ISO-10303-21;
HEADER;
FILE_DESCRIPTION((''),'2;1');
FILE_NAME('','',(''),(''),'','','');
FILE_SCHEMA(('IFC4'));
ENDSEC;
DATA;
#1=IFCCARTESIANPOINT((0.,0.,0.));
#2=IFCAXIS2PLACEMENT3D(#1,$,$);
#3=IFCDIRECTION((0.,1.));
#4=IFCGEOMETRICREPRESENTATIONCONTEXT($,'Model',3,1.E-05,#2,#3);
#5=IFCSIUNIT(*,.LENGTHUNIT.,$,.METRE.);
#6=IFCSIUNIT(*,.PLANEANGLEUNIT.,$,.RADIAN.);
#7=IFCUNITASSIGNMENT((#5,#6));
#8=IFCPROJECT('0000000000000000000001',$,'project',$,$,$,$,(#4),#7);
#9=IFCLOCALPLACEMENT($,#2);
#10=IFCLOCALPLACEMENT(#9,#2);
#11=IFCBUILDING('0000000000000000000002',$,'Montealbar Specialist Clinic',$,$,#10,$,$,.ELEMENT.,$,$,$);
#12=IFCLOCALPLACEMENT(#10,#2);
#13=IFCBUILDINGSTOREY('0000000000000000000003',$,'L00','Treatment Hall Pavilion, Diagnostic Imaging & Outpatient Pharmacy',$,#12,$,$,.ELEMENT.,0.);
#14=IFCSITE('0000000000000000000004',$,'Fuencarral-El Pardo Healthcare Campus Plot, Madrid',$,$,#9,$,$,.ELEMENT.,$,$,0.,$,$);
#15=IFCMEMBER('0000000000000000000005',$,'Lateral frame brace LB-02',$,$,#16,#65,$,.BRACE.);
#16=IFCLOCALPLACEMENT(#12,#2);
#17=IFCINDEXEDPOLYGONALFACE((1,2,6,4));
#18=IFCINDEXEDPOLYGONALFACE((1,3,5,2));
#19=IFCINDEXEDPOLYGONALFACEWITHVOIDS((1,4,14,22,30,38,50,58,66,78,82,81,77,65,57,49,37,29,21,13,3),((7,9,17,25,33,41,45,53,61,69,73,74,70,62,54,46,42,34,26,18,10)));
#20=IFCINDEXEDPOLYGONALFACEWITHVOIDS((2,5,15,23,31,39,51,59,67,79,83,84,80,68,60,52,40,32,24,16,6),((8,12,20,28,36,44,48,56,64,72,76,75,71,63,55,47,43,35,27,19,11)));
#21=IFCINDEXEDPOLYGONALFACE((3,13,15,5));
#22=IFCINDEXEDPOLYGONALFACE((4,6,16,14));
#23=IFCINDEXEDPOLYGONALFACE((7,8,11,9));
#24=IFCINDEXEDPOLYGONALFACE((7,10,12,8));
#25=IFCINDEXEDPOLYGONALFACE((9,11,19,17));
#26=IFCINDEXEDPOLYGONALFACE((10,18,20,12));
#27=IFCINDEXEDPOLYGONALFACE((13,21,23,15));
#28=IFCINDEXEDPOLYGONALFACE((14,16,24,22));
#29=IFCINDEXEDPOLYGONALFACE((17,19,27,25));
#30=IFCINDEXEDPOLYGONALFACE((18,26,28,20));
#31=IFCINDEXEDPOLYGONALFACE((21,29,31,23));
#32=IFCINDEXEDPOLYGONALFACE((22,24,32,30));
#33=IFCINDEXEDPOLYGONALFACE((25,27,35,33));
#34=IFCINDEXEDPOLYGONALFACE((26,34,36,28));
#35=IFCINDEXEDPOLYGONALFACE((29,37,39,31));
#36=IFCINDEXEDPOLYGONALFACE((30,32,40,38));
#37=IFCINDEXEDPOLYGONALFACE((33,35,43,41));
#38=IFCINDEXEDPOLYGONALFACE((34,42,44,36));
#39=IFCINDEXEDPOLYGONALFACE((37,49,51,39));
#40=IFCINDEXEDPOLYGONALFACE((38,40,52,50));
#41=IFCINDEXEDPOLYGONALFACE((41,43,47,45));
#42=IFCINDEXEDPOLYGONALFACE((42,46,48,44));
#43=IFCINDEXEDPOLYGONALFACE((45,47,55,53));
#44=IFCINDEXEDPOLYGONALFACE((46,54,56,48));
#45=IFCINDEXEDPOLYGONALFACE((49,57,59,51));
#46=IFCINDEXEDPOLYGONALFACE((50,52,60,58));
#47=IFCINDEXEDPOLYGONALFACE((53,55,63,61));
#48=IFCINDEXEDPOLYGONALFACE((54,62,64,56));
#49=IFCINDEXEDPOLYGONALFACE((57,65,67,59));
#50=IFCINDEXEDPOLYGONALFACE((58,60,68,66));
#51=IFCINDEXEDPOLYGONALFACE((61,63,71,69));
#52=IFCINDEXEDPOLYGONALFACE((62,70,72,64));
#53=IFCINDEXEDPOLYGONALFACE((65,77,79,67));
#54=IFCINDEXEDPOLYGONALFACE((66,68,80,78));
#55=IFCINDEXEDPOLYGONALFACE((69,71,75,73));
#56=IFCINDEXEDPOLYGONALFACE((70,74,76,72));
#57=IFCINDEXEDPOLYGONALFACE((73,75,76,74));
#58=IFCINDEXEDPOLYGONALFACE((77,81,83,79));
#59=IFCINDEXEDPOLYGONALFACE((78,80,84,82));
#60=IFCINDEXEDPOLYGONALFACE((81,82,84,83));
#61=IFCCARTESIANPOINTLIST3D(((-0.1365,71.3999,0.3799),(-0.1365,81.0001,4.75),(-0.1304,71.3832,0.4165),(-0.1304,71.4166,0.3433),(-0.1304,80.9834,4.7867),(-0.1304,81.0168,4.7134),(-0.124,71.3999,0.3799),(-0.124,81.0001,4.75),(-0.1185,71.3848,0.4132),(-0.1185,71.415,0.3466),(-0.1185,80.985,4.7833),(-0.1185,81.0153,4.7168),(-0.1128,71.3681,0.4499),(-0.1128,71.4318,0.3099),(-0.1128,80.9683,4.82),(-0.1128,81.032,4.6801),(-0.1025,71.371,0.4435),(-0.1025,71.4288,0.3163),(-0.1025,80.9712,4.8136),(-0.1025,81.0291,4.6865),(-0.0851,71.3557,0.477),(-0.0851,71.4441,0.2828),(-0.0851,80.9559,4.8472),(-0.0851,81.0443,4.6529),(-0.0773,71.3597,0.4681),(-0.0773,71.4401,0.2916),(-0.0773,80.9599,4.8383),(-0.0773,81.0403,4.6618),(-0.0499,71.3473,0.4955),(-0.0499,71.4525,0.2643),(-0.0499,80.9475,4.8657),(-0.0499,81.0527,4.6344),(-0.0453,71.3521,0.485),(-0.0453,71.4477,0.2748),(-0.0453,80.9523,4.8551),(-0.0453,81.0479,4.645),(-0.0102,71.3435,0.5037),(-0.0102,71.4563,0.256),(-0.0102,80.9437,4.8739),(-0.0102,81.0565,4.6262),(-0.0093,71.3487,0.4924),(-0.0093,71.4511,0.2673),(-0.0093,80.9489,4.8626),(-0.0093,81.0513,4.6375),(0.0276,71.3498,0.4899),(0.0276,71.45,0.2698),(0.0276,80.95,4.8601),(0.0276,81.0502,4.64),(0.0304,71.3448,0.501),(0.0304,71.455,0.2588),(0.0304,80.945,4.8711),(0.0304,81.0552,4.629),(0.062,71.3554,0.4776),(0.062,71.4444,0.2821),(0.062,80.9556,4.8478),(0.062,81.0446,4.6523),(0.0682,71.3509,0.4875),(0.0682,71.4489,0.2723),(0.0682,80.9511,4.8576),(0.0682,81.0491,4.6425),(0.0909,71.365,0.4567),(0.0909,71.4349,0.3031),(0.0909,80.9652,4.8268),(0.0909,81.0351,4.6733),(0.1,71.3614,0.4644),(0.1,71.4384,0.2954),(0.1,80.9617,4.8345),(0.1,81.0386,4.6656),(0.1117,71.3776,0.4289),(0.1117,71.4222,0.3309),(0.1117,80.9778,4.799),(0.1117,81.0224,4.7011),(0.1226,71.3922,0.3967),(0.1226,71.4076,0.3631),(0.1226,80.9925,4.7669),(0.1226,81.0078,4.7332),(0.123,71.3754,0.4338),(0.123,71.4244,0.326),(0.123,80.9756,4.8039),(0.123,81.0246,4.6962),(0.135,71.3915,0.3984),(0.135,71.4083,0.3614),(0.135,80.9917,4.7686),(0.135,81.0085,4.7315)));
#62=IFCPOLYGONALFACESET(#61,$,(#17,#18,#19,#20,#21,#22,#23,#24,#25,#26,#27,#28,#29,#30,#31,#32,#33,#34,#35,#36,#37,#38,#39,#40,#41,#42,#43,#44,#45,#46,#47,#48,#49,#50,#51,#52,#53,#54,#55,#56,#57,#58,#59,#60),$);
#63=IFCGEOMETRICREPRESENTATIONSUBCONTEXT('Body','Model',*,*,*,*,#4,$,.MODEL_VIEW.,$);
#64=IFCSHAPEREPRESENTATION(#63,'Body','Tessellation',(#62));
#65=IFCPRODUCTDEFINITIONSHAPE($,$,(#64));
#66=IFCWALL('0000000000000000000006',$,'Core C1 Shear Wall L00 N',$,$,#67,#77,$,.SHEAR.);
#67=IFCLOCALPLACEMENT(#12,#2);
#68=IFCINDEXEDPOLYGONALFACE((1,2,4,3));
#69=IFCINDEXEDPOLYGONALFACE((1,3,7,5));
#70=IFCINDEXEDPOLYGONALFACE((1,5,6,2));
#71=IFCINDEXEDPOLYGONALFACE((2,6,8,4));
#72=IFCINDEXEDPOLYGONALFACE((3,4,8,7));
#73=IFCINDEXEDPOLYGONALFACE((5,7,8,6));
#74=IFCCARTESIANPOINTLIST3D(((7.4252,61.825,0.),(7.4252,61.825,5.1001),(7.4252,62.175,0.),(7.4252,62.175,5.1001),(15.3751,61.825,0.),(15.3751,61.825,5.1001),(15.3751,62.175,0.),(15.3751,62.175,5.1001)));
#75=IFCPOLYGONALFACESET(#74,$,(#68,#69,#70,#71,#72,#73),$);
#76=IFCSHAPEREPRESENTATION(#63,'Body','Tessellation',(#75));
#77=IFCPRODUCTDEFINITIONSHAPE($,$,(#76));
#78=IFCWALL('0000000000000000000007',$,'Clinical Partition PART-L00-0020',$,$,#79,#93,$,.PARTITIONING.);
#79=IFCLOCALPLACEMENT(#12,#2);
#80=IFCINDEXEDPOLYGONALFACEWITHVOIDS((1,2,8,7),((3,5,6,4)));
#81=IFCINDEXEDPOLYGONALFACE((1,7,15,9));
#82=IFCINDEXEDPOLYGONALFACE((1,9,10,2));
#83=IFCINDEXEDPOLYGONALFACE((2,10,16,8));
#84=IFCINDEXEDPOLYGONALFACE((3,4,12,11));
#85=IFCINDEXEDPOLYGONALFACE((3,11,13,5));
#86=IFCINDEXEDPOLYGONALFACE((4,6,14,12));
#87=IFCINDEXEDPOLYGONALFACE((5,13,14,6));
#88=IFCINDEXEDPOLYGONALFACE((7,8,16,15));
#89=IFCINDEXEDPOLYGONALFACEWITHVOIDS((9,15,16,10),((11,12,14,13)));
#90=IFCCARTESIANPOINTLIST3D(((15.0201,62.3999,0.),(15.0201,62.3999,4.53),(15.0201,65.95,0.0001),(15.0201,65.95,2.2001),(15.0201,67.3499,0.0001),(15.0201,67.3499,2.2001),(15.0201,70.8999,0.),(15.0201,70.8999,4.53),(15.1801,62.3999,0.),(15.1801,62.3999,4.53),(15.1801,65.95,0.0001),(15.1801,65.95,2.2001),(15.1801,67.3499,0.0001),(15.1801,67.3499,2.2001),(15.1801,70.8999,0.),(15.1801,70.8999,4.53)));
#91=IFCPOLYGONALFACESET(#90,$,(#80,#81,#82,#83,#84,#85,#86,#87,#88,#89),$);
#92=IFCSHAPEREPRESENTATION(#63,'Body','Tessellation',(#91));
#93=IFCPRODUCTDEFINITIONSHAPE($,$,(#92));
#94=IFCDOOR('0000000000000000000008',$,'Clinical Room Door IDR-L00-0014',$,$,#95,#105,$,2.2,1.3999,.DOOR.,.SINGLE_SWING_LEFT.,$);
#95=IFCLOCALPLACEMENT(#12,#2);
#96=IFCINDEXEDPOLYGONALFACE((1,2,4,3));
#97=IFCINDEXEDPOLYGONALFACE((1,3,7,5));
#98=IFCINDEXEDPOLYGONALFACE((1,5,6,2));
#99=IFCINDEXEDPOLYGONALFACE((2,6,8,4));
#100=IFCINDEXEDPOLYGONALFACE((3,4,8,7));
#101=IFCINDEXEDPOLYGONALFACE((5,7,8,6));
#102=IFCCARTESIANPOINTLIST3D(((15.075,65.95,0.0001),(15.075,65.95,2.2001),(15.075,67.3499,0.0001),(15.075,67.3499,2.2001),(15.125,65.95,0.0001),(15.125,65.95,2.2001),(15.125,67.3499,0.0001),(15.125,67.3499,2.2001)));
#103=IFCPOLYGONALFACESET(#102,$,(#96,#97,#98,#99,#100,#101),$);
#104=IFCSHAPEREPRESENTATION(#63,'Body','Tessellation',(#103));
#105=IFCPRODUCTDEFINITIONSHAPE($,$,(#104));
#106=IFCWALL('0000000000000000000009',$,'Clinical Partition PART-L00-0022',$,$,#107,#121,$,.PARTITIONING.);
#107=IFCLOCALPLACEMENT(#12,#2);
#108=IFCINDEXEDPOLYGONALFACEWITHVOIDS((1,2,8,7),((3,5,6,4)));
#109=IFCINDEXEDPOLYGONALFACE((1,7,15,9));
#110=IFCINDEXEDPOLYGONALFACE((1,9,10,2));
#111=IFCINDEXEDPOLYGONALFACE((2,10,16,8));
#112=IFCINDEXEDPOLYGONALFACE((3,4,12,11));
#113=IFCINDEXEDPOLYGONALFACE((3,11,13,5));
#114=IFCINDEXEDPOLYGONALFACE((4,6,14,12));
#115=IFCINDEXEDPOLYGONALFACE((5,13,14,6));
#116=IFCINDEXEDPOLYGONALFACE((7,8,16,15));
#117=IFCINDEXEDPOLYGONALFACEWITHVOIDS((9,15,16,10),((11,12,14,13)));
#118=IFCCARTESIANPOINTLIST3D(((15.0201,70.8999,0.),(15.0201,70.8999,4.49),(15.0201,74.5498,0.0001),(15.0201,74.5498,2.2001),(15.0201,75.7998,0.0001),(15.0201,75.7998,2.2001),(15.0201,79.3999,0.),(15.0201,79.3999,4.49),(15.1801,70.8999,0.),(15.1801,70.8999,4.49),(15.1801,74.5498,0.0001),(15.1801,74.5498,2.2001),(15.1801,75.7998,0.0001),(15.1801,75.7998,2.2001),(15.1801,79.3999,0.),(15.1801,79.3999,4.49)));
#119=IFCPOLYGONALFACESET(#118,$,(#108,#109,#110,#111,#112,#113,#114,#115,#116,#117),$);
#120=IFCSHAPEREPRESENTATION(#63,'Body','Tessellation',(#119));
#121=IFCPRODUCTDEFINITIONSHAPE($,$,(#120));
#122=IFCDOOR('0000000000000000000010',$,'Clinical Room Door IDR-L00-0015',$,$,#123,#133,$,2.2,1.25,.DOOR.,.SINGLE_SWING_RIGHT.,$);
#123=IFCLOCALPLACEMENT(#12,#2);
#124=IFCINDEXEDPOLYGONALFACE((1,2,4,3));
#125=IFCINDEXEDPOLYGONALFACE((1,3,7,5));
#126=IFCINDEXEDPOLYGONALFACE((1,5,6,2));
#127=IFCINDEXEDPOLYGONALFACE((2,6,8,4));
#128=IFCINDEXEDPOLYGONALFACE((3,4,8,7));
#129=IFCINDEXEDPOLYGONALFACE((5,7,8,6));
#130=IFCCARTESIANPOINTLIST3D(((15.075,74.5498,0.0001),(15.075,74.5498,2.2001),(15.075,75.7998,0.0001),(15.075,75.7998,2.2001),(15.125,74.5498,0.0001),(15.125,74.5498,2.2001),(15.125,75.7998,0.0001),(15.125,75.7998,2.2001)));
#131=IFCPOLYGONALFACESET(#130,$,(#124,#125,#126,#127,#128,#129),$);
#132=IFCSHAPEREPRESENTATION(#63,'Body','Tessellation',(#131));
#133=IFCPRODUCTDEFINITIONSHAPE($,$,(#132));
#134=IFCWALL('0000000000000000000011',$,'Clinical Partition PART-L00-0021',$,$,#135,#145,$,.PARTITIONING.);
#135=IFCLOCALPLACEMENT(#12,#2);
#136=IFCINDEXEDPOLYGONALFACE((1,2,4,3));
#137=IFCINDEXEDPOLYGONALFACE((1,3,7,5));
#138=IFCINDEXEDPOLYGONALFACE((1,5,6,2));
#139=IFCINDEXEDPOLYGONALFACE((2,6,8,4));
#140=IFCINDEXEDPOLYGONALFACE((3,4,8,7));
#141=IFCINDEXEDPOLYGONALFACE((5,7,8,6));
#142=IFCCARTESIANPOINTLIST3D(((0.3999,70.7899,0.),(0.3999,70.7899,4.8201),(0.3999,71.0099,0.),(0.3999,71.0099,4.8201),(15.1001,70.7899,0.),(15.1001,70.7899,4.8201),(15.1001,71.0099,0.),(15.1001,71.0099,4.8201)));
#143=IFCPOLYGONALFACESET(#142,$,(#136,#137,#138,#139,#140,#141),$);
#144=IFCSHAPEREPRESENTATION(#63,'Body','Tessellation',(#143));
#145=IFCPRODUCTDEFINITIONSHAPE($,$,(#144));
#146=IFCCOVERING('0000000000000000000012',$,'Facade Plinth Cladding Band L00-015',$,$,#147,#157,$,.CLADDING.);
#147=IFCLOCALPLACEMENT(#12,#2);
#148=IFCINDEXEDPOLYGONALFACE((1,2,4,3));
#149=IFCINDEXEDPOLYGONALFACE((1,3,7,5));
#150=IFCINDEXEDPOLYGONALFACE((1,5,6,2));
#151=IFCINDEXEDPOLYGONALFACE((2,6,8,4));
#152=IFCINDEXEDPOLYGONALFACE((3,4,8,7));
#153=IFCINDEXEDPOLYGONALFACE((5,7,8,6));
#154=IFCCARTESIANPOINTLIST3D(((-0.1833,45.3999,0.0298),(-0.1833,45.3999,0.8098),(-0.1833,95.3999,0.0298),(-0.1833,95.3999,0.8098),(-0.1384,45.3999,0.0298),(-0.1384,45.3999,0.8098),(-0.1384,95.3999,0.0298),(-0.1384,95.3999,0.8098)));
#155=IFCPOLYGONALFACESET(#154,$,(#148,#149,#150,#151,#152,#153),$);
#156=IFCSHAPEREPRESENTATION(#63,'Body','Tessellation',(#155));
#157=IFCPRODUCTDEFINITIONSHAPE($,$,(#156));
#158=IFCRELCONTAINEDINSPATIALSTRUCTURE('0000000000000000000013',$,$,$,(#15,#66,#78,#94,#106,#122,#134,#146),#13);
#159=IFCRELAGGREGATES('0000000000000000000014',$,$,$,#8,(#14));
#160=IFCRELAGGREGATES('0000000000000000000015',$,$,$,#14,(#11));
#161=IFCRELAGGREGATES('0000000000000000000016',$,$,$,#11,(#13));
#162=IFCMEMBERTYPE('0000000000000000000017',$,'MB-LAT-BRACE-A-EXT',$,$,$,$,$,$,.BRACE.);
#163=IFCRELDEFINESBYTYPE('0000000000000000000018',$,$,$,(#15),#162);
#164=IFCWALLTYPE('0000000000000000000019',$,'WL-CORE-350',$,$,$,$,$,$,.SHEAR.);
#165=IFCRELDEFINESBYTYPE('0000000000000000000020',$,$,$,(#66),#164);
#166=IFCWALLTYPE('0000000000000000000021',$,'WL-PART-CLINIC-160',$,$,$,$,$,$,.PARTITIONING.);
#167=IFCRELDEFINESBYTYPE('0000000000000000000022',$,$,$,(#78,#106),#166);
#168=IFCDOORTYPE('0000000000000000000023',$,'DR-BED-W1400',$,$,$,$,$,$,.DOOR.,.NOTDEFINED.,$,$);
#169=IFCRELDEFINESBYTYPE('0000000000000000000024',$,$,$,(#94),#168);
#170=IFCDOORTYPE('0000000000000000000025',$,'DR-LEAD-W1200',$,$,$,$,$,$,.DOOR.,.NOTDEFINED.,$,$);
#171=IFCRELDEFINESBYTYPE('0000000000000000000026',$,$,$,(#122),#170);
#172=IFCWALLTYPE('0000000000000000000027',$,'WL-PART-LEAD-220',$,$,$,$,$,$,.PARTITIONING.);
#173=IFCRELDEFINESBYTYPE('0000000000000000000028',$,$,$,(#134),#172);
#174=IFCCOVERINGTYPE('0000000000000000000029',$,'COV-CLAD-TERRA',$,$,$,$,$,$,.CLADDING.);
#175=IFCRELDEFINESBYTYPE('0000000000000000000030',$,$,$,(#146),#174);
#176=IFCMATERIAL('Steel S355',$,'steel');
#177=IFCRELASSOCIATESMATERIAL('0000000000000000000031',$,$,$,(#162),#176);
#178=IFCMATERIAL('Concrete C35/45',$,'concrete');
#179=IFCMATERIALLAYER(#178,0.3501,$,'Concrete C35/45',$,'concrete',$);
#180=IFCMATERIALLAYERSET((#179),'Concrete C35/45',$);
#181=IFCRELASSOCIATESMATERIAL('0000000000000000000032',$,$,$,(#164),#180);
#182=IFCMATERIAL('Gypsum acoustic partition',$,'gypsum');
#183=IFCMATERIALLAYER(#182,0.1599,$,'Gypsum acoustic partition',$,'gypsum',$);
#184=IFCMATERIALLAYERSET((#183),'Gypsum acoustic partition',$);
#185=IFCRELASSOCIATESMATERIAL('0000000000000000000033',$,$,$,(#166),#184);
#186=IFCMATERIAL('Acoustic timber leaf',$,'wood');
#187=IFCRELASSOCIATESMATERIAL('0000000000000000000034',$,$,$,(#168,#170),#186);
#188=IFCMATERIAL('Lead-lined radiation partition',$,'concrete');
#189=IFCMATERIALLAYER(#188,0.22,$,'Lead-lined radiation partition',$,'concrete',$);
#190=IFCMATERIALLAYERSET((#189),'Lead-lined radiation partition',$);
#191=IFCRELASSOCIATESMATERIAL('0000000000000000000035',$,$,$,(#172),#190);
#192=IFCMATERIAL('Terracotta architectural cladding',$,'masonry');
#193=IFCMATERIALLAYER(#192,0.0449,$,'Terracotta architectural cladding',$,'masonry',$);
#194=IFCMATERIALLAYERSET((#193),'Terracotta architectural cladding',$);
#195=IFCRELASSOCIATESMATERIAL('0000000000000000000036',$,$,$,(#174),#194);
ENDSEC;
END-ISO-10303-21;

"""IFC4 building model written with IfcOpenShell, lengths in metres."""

from ifc_helpers import new_model, si_unit, direction, frame, frame_2d, origin, origin_2d, place, context, subcontext, project, spatial, rectangle, hollow_circle, extrude, material, layer, layer_set, material_profile, profile_set, type_object, element, fill, save


model = new_model("IFC4")

# Units and contexts
model_context = context("Model", 3, precision=1e-05, world=origin(), true_north=direction((0.0, 1.0)))
body_context = subcontext(model_context, "Body", "Model", "MODEL_VIEW")
ifc_project = project(units=[si_unit("LENGTHUNIT", "METRE"), si_unit("PLANEANGLEUNIT", "RADIAN")], contexts=[model_context])

# Site, building, storey
site_placement = place(None, origin())
site = spatial("IfcSite", under=ifc_project, at=site_placement, Name="Fuencarral-El Pardo Healthcare Campus Plot, Madrid", CompositionType="ELEMENT", RefElevation=0.0)
building_placement = place(site_placement, origin())
building = spatial("IfcBuilding", under=site, at=building_placement, Name="Montealbar Specialist Clinic", CompositionType="ELEMENT")
storey_placement = place(building_placement, origin())
storey = spatial("IfcBuildingStorey", under=building, at=storey_placement, Name="L00", Description="Treatment Hall Pavilion, Diagnostic Imaging & Outpatient Pharmacy", CompositionType="ELEMENT", Elevation=0.0)

# Shared definitions
ifc_material_1 = material(Name="Concrete C35/45", Category="concrete")

# Shared definitions
ifc_material_2 = material(Name="Steel S355", Category="steel")

# Member
ifc_material_profile_1 = material_profile(ifc_material_2, hollow_circle(Radius=0.1365, WallThickness=0.0125, at=origin_2d()), Name="CHS 273.0x12.5", Category="steel")
ifc_profile_set_1 = profile_set([ifc_material_profile_1], Name="Steel S355")
member_type = type_object("IfcMemberType", Name="MB-LAT-BRACE-A-EXT", PredefinedType="BRACE", material=ifc_profile_set_1)
member_placement = place(storey_placement, frame((0.0, 71.3999, 0.3799), z_axis=(0.0, 0.910136, 0.414309), x_axis=(-1.0, 0.0, 0.0)))
element("IfcMember", 1, at=member_placement, inside=storey, type_object=member_type, Name="Lateral frame brace LB-02", PredefinedType="BRACE", context=body_context, shape_type="SweptSolid", body=[
    extrude(hollow_circle(Radius=0.1365, WallThickness=0.0125, at=origin_2d()), origin(), (0.0, 0.0, 1.0), 10.5481),
])

# Wall
ifc_layer_1 = layer(ifc_material_1, 0.3501, Name="Concrete C35/45", Category="concrete")
ifc_layer_set_1 = layer_set([ifc_layer_1], Name="Concrete C35/45")
wall_type_1 = type_object("IfcWallType", Name="WL-CORE-350", PredefinedType="SHEAR", material=ifc_layer_set_1)
wall_1_placement = place(storey_placement, frame((7.425, 62.0, 0.0), z_axis=(0.0, 0.0, 1.0), x_axis=(1.0, 0.0, 0.0)))
element("IfcWall", 2, at=wall_1_placement, inside=storey, type_object=wall_type_1, Name="Core C1 Shear Wall L00 N", PredefinedType="SHEAR", context=body_context, shape_type="SweptSolid", body=[
    extrude(rectangle(XDim=7.95, YDim=0.3501, at=frame_2d((3.9751, 0.0))), origin(), (0.0, 0.0, 1.0), 5.1001),
])

# Walls, openings, doors
ifc_material_3 = material(Name="Gypsum acoustic partition", Category="gypsum")
ifc_layer_2 = layer(ifc_material_3, 0.1599, Name="Gypsum acoustic partition", Category="gypsum")
ifc_layer_set_2 = layer_set([ifc_layer_2], Name="Gypsum acoustic partition")
wall_type_2 = type_object("IfcWallType", Name="WL-PART-CLINIC-160", PredefinedType="PARTITIONING", material=ifc_layer_set_2)
wall_2_placement = place(storey_placement, frame((15.1001, 62.3999, 0.0), z_axis=(0.0, 0.0, 1.0), x_axis=(0.0, 1.0, 0.0)))
wall_2 = element("IfcWall", 3, at=wall_2_placement, inside=storey, type_object=wall_type_2, Name="Clinical Partition PART-L00-0020", PredefinedType="PARTITIONING", context=body_context, shape_type="SweptSolid", body=[
    extrude(rectangle(XDim=8.5, YDim=0.1599, at=frame_2d((4.25, 0.0))), origin(), (0.0, 0.0, 1.0), 4.53),
])
opening_1_placement = place(wall_2_placement, frame((3.55, 0.0, 0.0)))
opening_1 = element("IfcOpeningElement", 4, at=opening_1_placement, cuts=wall_2, PredefinedType="OPENING", context=body_context, shape_type="SweptSolid", body=[
    extrude(rectangle(XDim=1.3999, YDim=2.2, at=frame_2d((0.7, 1.1001))), frame((0.0, 0.0898, 0.0), z_axis=(0.0, -1.0, 0.0), x_axis=(1.0, 0.0, 0.0)), (0.0, 0.0, 1.0), 0.1799),
])
ifc_material_4 = material(Name="Acoustic timber leaf", Category="wood")
door_type_1 = type_object("IfcDoorType", Name="DR-BED-W1400", OperationType="NOTDEFINED", PredefinedType="DOOR", material=ifc_material_4)
door_1_placement = place(opening_1_placement, frame((1.3999, 0.0, 0.0), z_axis=(0.0, 0.0, 1.0), x_axis=(-1.0, 0.0, 0.0)))
door_1 = element("IfcDoor", 5, at=door_1_placement, inside=storey, type_object=door_type_1, Name="Clinical Room Door IDR-L00-0014", OperationType="SINGLE_SWING_LEFT", OverallHeight=2.2, OverallWidth=1.3999, PredefinedType="DOOR", context=body_context, shape_type="SweptSolid", body=[
    extrude(rectangle(XDim=1.3999, YDim=2.2, at=frame_2d((0.7, 1.1001))), frame((0.0, 0.0249, 0.0), z_axis=(0.0, -1.0, 0.0), x_axis=(1.0, 0.0, 0.0)), (0.0, 0.0, 1.0), 0.05),
])
fill(opening_1, door_1)
wall_3_placement = place(storey_placement, frame((15.1001, 70.8999, 0.0), z_axis=(0.0, 0.0, 1.0), x_axis=(0.0, 1.0, 0.0)))
wall_3 = element("IfcWall", 6, at=wall_3_placement, inside=storey, type_object=wall_type_2, Name="Clinical Partition PART-L00-0022", PredefinedType="PARTITIONING", context=body_context, shape_type="SweptSolid", body=[
    extrude(rectangle(XDim=8.5, YDim=0.1599, at=frame_2d((4.25, 0.0))), origin(), (0.0, 0.0, 1.0), 4.49),
])
opening_2_placement = place(wall_3_placement, frame((3.6499, 0.0, 0.0)))
opening_2 = element("IfcOpeningElement", 7, at=opening_2_placement, cuts=wall_3, PredefinedType="OPENING", context=body_context, shape_type="SweptSolid", body=[
    extrude(rectangle(XDim=1.25, YDim=2.2, at=frame_2d((0.625, 1.1001))), frame((0.0, 0.0898, 0.0), z_axis=(0.0, -1.0, 0.0), x_axis=(1.0, 0.0, 0.0)), (0.0, 0.0, 1.0), 0.1799),
])
door_type_2 = type_object("IfcDoorType", Name="DR-LEAD-W1200", OperationType="NOTDEFINED", PredefinedType="DOOR", material=ifc_material_4)
door_2_placement = place(opening_2_placement, frame((1.25, 0.0, 0.0), z_axis=(0.0, 0.0, 1.0), x_axis=(-1.0, 0.0, 0.0)))
door_2 = element("IfcDoor", 8, at=door_2_placement, inside=storey, type_object=door_type_2, Name="Clinical Room Door IDR-L00-0015", OperationType="SINGLE_SWING_RIGHT", OverallHeight=2.2, OverallWidth=1.25, PredefinedType="DOOR", context=body_context, shape_type="SweptSolid", body=[
    extrude(rectangle(XDim=1.25, YDim=2.2, at=frame_2d((0.625, 1.1001))), frame((0.0, 0.0249, 0.0), z_axis=(0.0, -1.0, 0.0), x_axis=(1.0, 0.0, 0.0)), (0.0, 0.0, 1.0), 0.05),
])
fill(opening_2, door_2)

# Wall
ifc_material_5 = material(Name="Lead-lined radiation partition", Category="concrete")
ifc_layer_3 = layer(ifc_material_5, 0.22, Name="Lead-lined radiation partition", Category="concrete")
ifc_layer_set_3 = layer_set([ifc_layer_3], Name="Lead-lined radiation partition")
wall_type_3 = type_object("IfcWallType", Name="WL-PART-LEAD-220", PredefinedType="PARTITIONING", material=ifc_layer_set_3)
wall_4_placement = place(storey_placement, frame((0.3999, 70.8999, 0.0), z_axis=(0.0, 0.0, 1.0), x_axis=(1.0, 0.0, 0.0)))
element("IfcWall", 9, at=wall_4_placement, inside=storey, type_object=wall_type_3, Name="Clinical Partition PART-L00-0021", PredefinedType="PARTITIONING", context=body_context, shape_type="SweptSolid", body=[
    extrude(rectangle(XDim=14.7002, YDim=0.22, at=frame_2d((7.3501, 0.0))), origin(), (0.0, 0.0, 1.0), 4.8201),
])

# Covering
ifc_material_6 = material(Name="Terracotta architectural cladding", Category="masonry")
ifc_layer_4 = layer(ifc_material_6, 0.0449, Name="Terracotta architectural cladding", Category="masonry")
ifc_layer_set_4 = layer_set([ifc_layer_4], Name="Terracotta architectural cladding")
covering_type = type_object("IfcCoveringType", Name="COV-CLAD-TERRA", PredefinedType="CLADDING", material=ifc_layer_set_4)
covering_placement = place(storey_placement, frame((-0.1609, 70.3999, 0.0298), z_axis=(0.0, 0.0, 1.0), x_axis=(0.0, 1.0, 0.0)))
element("IfcCovering", 10, at=covering_placement, inside=storey, type_object=covering_type, Name="Facade Plinth Cladding Band L00-015", PredefinedType="CLADDING", context=body_context, shape_type="SweptSolid", body=[
    extrude(rectangle(XDim=50.0, YDim=0.0449, at=origin_2d()), origin(), (0.0, 0.0, 1.0), 0.78),
])

save(model, "model.ifc")
